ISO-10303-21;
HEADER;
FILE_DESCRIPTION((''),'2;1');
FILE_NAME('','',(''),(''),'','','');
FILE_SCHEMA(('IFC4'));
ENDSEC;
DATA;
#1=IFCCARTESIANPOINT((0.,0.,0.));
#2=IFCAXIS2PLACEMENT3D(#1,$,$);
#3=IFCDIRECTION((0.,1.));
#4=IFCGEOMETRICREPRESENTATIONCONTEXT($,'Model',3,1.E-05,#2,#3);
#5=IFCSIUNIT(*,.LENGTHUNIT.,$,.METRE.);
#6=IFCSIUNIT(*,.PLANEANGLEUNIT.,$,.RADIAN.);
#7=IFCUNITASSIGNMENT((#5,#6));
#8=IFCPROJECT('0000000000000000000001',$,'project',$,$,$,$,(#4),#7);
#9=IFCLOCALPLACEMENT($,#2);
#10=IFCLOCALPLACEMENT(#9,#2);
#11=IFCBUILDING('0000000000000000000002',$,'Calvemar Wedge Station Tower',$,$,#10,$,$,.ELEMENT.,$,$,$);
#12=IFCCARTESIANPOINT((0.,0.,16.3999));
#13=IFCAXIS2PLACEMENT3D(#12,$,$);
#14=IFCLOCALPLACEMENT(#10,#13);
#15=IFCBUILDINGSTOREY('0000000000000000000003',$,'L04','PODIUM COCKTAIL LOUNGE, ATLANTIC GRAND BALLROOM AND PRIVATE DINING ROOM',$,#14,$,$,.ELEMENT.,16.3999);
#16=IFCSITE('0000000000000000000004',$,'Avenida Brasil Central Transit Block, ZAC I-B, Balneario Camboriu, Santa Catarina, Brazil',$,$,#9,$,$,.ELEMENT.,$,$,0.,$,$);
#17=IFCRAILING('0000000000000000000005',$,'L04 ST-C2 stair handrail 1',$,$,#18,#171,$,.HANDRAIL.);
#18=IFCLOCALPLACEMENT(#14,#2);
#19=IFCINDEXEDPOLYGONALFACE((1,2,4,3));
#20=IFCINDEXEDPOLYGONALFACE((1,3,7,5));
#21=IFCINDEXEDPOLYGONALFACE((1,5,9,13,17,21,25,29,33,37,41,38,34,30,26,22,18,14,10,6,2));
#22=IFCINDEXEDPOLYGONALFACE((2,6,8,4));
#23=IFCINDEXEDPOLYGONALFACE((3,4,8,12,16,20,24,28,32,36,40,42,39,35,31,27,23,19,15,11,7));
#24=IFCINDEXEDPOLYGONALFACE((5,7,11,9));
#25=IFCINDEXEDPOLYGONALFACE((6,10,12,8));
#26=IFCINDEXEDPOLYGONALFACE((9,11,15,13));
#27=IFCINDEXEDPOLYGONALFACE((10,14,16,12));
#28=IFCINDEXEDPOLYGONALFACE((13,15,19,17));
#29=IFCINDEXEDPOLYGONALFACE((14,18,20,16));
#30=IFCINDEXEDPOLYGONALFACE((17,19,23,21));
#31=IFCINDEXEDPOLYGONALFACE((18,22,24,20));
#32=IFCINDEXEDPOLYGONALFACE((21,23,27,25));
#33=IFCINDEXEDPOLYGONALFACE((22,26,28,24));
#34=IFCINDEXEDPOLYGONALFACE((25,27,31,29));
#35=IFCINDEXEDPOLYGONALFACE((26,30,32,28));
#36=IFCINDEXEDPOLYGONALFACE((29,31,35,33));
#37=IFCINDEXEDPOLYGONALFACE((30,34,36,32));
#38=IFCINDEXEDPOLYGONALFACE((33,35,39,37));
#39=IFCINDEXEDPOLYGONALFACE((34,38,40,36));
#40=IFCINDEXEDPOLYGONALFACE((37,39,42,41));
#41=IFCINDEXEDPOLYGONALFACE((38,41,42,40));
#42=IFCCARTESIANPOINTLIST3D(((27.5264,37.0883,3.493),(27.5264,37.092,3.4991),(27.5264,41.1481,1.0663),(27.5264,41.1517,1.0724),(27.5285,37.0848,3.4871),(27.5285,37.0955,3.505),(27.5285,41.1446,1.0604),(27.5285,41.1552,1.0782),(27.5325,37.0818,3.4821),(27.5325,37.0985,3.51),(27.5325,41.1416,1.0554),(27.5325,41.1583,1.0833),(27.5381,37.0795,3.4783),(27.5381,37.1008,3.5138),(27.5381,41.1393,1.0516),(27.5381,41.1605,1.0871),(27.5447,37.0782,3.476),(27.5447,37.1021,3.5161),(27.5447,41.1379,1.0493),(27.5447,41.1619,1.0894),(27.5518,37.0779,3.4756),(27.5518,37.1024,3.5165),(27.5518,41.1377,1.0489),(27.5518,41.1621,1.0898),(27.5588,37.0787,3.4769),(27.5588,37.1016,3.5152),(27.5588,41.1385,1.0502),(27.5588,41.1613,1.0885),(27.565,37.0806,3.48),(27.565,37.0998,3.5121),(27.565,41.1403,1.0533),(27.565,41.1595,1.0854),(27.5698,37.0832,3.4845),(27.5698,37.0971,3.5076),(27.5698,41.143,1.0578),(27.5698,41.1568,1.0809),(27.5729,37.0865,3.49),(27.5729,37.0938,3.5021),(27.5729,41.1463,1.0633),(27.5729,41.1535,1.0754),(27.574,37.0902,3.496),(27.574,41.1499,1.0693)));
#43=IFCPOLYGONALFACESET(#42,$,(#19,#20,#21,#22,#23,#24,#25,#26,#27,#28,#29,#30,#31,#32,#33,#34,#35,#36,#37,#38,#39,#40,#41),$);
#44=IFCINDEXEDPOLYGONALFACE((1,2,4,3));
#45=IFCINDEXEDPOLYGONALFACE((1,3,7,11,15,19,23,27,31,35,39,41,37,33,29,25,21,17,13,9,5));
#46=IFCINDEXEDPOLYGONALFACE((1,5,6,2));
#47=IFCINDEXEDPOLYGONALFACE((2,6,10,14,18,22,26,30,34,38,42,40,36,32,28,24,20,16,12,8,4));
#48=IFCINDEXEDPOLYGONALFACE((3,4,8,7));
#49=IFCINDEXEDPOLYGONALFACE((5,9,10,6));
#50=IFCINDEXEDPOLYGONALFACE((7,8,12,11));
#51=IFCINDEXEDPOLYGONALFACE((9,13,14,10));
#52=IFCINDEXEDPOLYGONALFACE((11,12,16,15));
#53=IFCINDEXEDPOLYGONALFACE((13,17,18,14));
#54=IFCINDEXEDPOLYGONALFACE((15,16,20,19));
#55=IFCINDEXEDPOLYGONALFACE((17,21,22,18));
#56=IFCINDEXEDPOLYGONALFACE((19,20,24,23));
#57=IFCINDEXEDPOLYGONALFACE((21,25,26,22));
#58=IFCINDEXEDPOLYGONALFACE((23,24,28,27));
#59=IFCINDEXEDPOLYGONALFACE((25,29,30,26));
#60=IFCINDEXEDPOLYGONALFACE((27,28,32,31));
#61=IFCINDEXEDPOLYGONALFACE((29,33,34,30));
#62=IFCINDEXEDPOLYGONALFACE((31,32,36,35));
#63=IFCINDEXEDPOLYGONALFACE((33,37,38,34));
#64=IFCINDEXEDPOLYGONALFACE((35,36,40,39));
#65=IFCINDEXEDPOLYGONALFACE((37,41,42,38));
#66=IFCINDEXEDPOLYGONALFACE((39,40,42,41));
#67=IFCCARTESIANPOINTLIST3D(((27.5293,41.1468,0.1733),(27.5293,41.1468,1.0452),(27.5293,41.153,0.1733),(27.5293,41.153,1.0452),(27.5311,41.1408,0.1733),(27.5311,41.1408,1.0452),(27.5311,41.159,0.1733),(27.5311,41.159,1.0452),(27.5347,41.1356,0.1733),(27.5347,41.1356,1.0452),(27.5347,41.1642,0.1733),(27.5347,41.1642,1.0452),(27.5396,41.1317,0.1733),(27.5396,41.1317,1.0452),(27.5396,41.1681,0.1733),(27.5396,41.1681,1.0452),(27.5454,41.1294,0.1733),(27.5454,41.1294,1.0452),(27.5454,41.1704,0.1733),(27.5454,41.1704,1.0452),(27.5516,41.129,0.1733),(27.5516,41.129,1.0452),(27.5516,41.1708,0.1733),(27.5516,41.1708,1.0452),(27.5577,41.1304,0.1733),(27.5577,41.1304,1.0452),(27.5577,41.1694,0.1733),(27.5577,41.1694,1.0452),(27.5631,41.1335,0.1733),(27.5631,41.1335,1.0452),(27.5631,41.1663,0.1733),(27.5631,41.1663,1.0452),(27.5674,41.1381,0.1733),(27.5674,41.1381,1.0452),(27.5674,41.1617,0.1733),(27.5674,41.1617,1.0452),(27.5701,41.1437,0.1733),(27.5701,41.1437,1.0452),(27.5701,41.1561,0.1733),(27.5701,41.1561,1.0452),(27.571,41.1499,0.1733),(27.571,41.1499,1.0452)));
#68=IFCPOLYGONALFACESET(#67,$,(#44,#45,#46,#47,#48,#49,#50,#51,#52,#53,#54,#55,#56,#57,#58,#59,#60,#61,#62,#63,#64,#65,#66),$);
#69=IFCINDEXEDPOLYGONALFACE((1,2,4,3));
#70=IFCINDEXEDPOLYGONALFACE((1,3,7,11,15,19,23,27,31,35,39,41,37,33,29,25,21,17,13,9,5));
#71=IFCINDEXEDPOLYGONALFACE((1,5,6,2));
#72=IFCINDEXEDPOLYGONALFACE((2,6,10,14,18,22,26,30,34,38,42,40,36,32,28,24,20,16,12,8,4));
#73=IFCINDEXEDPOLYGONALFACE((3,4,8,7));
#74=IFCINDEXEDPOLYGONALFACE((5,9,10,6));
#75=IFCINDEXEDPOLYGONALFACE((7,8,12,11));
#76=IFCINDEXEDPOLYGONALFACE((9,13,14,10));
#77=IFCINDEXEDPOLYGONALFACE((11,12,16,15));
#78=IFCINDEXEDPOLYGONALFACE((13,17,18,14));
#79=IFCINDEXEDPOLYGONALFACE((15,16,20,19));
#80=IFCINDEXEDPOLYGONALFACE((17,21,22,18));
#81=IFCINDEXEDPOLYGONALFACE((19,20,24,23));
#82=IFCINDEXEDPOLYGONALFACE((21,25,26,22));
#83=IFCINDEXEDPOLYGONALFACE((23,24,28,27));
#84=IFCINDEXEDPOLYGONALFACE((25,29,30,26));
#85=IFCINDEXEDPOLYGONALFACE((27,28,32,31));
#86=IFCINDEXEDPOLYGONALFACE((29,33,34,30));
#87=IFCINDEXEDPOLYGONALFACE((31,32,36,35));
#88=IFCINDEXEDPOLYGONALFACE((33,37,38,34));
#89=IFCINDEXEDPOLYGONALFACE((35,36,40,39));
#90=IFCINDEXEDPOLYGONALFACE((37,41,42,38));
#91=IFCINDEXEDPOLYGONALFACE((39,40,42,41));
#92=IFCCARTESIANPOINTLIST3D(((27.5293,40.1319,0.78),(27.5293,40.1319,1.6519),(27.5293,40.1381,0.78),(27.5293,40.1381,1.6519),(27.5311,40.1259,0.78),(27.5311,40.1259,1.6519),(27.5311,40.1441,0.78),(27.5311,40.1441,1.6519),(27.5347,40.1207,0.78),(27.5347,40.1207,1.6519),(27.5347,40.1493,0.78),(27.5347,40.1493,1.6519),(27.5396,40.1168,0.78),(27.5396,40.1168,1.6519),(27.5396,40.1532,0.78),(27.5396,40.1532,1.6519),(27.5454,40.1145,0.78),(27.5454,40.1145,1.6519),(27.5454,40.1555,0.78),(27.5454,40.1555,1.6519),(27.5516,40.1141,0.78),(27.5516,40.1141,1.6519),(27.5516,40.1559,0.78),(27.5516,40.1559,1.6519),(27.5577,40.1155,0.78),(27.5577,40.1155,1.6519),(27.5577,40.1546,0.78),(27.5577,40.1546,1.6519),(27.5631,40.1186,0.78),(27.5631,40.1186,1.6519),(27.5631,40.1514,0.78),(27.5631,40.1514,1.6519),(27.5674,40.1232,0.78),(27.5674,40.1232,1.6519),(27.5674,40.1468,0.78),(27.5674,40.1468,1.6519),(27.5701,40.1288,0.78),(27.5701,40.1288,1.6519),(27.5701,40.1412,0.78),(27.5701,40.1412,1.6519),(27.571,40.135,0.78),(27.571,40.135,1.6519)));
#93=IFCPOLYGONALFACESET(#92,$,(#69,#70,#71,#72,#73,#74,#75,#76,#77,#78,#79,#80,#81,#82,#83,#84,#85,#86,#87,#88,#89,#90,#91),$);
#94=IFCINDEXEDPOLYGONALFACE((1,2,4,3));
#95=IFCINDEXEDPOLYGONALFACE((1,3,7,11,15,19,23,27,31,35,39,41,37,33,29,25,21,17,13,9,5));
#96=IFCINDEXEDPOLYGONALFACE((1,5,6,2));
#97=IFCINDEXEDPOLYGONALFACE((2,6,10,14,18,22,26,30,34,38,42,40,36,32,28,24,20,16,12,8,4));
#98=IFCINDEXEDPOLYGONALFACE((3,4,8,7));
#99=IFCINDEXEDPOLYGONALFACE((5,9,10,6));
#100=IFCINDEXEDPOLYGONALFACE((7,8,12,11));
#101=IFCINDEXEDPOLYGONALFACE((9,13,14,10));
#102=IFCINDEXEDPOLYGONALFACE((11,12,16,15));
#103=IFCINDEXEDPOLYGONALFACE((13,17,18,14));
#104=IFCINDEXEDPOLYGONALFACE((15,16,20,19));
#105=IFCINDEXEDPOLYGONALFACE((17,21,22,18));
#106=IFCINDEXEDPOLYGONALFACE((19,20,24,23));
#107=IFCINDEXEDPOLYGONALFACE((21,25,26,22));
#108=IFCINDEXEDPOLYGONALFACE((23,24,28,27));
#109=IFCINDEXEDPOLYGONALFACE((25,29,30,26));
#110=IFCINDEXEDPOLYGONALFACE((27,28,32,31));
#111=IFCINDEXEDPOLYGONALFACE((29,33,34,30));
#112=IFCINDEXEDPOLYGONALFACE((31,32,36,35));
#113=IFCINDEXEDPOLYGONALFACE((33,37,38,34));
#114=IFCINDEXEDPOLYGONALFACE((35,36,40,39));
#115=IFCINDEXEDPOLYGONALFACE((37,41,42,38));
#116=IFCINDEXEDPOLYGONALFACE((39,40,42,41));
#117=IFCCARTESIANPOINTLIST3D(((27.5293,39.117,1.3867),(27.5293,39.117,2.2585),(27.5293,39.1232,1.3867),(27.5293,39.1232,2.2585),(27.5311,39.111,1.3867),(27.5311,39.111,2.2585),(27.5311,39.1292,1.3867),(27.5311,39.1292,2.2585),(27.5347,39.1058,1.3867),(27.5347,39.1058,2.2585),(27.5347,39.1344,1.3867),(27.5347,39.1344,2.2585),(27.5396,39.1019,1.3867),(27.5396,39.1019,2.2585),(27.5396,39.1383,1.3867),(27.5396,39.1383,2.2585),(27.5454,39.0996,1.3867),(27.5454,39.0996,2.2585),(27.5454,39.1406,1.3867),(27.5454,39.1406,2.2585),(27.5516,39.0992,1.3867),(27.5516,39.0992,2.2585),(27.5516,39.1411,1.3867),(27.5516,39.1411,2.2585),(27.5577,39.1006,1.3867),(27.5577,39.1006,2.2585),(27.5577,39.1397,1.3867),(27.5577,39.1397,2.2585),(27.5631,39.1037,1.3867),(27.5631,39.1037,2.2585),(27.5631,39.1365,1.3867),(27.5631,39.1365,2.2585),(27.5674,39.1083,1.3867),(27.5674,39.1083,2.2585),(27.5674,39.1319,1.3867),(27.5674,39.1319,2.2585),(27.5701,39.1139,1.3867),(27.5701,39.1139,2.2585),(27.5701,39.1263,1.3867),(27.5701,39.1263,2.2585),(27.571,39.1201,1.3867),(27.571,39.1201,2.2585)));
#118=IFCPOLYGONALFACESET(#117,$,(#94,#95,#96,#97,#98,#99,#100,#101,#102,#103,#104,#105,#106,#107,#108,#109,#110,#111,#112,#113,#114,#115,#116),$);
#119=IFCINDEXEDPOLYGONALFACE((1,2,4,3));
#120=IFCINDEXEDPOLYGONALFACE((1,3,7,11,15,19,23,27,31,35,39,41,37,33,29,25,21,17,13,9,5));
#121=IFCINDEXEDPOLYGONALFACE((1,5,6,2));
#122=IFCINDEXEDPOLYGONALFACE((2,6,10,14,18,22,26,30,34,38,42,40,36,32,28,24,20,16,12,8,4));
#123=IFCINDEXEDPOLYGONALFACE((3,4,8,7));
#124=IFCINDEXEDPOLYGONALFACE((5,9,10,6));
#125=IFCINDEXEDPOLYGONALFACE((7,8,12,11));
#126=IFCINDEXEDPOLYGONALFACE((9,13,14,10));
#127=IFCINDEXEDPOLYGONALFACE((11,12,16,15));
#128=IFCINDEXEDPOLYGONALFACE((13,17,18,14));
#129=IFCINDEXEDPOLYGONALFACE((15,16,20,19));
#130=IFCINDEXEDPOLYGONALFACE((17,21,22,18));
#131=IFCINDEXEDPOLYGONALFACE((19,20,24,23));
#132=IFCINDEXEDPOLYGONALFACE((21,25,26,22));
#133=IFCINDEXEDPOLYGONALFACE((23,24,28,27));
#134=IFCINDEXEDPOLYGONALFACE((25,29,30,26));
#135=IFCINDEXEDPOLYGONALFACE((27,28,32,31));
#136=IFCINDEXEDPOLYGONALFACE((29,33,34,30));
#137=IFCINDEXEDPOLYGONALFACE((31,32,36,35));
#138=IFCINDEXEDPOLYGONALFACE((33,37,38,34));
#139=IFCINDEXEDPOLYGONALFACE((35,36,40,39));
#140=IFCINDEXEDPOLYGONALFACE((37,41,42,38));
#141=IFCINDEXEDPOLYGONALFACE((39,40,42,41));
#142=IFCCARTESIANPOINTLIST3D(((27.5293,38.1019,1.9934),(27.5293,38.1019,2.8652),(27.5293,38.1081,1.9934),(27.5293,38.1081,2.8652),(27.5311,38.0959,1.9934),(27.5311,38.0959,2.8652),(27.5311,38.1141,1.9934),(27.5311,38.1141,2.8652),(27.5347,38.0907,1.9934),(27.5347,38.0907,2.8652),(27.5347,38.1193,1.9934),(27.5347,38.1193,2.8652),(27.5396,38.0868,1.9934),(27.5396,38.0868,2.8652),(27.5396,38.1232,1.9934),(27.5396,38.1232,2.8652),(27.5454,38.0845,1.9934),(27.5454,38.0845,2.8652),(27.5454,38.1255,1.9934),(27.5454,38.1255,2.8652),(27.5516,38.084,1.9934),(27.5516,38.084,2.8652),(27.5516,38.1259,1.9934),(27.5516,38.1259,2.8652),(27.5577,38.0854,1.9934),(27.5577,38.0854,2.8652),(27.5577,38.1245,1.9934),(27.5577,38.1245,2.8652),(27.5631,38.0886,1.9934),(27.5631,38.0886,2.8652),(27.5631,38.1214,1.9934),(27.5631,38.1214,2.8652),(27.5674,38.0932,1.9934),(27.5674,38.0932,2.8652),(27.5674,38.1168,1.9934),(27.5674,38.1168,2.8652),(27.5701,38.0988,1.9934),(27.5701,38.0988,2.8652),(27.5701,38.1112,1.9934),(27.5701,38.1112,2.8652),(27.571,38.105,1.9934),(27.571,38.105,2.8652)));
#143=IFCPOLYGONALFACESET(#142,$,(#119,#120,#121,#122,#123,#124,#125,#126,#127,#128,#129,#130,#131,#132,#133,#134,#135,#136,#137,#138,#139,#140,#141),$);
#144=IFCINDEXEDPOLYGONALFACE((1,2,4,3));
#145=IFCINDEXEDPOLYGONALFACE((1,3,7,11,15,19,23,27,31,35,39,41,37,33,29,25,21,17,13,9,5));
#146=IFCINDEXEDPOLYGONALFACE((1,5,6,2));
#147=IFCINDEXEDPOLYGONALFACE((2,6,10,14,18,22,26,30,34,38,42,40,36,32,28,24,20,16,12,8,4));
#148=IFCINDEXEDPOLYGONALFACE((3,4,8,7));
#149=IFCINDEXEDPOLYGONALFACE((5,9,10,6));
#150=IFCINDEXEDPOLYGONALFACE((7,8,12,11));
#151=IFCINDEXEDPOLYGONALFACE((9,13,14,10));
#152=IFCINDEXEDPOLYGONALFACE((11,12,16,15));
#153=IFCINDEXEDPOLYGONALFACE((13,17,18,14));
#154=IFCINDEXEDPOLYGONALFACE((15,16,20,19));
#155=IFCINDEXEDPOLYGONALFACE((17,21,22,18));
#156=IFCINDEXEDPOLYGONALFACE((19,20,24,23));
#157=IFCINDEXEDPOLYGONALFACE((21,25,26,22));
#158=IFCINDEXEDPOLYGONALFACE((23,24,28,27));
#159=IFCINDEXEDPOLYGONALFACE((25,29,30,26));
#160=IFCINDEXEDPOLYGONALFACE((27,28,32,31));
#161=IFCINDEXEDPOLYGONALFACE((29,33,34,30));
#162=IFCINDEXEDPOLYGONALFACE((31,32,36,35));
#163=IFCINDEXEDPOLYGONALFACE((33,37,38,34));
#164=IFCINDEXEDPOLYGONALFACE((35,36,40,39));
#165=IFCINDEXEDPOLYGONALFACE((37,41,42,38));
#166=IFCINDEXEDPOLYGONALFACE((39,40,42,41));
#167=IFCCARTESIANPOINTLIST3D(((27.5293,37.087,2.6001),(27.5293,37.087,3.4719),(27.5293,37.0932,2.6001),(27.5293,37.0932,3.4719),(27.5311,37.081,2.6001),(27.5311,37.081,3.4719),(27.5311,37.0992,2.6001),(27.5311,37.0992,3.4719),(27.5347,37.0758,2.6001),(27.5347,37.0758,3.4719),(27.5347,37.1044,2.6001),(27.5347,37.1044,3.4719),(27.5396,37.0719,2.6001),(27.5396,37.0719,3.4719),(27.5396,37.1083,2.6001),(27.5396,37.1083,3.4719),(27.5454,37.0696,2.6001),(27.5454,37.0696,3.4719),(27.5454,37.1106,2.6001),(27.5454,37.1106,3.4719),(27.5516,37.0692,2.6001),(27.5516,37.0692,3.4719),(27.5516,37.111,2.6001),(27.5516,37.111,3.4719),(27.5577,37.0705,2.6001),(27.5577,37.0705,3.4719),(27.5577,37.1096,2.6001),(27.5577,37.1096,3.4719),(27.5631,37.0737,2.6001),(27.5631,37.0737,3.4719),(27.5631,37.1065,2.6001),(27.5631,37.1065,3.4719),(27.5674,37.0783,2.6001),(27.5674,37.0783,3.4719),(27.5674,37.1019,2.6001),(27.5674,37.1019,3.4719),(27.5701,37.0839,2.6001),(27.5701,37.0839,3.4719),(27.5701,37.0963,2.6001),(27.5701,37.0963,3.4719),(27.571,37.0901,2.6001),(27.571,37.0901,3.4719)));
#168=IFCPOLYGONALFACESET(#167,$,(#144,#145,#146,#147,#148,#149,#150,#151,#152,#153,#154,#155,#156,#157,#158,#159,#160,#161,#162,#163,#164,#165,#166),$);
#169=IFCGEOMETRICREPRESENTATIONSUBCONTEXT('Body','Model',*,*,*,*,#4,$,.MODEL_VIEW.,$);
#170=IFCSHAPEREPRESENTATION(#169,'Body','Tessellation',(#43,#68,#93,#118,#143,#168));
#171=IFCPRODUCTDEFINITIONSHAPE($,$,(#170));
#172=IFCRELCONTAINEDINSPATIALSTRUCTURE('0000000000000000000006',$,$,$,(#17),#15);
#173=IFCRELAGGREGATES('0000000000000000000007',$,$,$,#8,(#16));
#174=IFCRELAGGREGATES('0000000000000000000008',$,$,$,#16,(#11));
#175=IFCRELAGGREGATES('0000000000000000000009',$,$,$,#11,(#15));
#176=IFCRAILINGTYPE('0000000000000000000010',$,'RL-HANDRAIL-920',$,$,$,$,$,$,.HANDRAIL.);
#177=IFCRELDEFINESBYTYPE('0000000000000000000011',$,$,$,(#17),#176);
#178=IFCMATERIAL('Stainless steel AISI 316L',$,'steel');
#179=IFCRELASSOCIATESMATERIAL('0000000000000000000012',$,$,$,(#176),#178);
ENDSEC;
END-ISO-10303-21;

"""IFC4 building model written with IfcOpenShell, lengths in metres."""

from ifc_helpers import new_model, si_unit, direction, frame, origin, origin_2d, place, context, subcontext, project, spatial, circle, extrude, material, type_object, element, save


model = new_model("IFC4")

# Units and contexts
model_context = context("Model", 3, precision=1e-05, world=origin(), true_north=direction((0.0, 1.0)))
body_context = subcontext(model_context, "Body", "Model", "MODEL_VIEW")
ifc_project = project(units=[si_unit("LENGTHUNIT", "METRE"), si_unit("PLANEANGLEUNIT", "RADIAN")], contexts=[model_context])

# Site, building, storey
site_placement = place(None, origin())
site = spatial("IfcSite", under=ifc_project, at=site_placement, Name="Avenida Brasil Central Transit Block, ZAC I-B, Balneario Camboriu, Santa Catarina, Brazil", CompositionType="ELEMENT", RefElevation=0.0)
building_placement = place(site_placement, origin())
building = spatial("IfcBuilding", under=site, at=building_placement, Name="Calvemar Wedge Station Tower", CompositionType="ELEMENT")
storey_placement = place(building_placement, frame((0.0, 0.0, 16.3999)))
storey = spatial("IfcBuildingStorey", under=building, at=storey_placement, Name="L04", Description="PODIUM COCKTAIL LOUNGE, ATLANTIC GRAND BALLROOM AND PRIVATE DINING ROOM", CompositionType="ELEMENT", Elevation=16.3999)

# Railing
ifc_material_1 = material(Name="Stainless steel AISI 316L", Category="steel")
railing_type_1 = type_object("IfcRailingType", Name="RL-HANDRAIL-920", PredefinedType="HANDRAIL", material=ifc_material_1)
railing_1_placement = place(storey_placement, frame((27.55, 41.1499, 0.1733)))
element("IfcRailing", 1, at=railing_1_placement, inside=storey, type_object=railing_type_1, Name="L04 ST-C2 stair handrail 1", PredefinedType="HANDRAIL", context=body_context, shape_type="SweptSolid", body=[
    extrude(circle(Radius=0.0239, at=origin_2d()), frame((0.0, 0.0, 0.896), z_axis=(0.0, -0.858343, 0.513076), x_axis=(1.0, 0.0, 0.0)), (0.0, 0.0, 1.0), 4.7297),
    extrude(circle(Radius=0.021, at=origin_2d()), origin(), (0.0, 0.0, 1.0), 0.8718),
    extrude(circle(Radius=0.021, at=origin_2d()), frame((0.0, -1.0149, 0.6067)), (0.0, 0.0, 1.0), 0.8718),
    extrude(circle(Radius=0.021, at=origin_2d()), frame((0.0, -2.0298, 1.2134)), (0.0, 0.0, 1.0), 0.8718),
    extrude(circle(Radius=0.021, at=origin_2d()), frame((0.0, -3.0449, 1.8201)), (0.0, 0.0, 1.0), 0.8718),
    extrude(circle(Radius=0.021, at=origin_2d()), frame((0.0, -4.0598, 2.4268)), (0.0, 0.0, 1.0), 0.8718),
])

save(model, "model.ifc")
